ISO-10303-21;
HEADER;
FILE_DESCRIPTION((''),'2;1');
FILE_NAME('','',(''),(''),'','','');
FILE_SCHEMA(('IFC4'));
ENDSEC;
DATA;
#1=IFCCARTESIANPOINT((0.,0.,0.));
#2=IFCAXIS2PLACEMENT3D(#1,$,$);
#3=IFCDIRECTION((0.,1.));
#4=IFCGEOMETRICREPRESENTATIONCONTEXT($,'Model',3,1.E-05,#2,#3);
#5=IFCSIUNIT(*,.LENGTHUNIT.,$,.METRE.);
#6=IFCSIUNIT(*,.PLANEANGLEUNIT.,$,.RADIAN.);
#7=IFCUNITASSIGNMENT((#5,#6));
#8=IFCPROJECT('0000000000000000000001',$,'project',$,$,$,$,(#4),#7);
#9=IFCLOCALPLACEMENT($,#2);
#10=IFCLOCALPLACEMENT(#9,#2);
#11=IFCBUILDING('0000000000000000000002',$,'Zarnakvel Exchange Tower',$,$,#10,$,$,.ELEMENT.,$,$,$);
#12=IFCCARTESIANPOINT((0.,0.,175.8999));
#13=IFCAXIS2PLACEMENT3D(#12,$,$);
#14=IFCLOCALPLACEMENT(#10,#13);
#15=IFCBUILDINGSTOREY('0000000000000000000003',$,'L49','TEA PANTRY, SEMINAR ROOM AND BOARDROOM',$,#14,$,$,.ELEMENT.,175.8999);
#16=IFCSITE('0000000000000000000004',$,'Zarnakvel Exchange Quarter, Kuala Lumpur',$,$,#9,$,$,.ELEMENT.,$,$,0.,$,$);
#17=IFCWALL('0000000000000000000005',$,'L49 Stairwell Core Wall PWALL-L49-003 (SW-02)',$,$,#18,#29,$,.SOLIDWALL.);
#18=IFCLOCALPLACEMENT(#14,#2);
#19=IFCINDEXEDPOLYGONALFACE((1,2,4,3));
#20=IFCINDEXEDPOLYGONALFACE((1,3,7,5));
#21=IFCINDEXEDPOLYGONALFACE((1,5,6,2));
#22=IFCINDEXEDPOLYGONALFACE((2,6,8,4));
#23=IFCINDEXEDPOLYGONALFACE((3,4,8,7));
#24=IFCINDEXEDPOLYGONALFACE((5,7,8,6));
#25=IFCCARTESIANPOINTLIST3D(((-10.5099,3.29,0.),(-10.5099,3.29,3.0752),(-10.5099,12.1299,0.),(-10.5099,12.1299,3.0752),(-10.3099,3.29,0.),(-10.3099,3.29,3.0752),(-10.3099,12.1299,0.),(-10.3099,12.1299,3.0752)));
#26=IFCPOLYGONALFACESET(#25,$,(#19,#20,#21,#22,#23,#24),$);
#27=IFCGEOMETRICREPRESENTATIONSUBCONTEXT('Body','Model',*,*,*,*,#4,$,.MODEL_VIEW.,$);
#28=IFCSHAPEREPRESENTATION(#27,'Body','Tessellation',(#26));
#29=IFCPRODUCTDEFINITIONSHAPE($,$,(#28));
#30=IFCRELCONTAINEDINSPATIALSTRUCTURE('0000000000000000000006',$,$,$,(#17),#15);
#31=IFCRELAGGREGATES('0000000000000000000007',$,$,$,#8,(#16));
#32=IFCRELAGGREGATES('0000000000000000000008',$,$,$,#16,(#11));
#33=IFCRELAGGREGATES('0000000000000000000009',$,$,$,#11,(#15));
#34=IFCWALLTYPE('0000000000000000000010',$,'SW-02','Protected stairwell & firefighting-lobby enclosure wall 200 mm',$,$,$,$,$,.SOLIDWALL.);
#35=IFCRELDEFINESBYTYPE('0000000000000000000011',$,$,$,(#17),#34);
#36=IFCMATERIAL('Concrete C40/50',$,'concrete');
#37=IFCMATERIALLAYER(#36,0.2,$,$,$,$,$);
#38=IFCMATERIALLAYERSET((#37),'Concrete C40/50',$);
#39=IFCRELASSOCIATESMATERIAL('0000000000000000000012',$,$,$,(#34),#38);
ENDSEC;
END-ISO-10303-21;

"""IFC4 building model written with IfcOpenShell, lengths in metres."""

from ifc_helpers import new_model, si_unit, direction, frame, frame_2d, origin, place, context, subcontext, project, spatial, rectangle, extrude, material, layer, layer_set, type_object, element, save


model = new_model("IFC4")

# Units and contexts
model_context = context("Model", 3, precision=1e-05, world=origin(), true_north=direction((0.0, 1.0)))
body_context = subcontext(model_context, "Body", "Model", "MODEL_VIEW")
ifc_project = project(units=[si_unit("LENGTHUNIT", "METRE"), si_unit("PLANEANGLEUNIT", "RADIAN")], contexts=[model_context])

# Site, building, storey
site_placement = place(None, origin())
site = spatial("IfcSite", under=ifc_project, at=site_placement, Name="Zarnakvel Exchange Quarter, Kuala Lumpur", CompositionType="ELEMENT", RefElevation=0.0)
building_placement = place(site_placement, origin())
building = spatial("IfcBuilding", under=site, at=building_placement, Name="Zarnakvel Exchange Tower", CompositionType="ELEMENT")
storey_placement = place(building_placement, frame((0.0, 0.0, 175.8999)))
storey = spatial("IfcBuildingStorey", under=building, at=storey_placement, Name="L49", Description="TEA PANTRY, SEMINAR ROOM AND BOARDROOM", CompositionType="ELEMENT", Elevation=175.8999)

# Wall
ifc_material_1 = material(Name="Concrete C40/50", Category="concrete")
ifc_layer_1 = layer(ifc_material_1, 0.2)
ifc_layer_set_1 = layer_set([ifc_layer_1], Name="Concrete C40/50")
wall_type_1 = type_object("IfcWallType", Name="SW-02", Description="Protected stairwell & firefighting-lobby enclosure wall 200 mm", PredefinedType="SOLIDWALL", material=ifc_layer_set_1)
wall_1_placement = place(storey_placement, frame((-10.4099, 12.1299, 0.0), z_axis=(0.0, 0.0, 1.0), x_axis=(0.0, -1.0, 0.0)))
element("IfcWall", 1, at=wall_1_placement, inside=storey, type_object=wall_type_1, Name="L49 Stairwell Core Wall PWALL-L49-003 (SW-02)", PredefinedType="SOLIDWALL", context=body_context, shape_type="SweptSolid", body=[
    extrude(rectangle(XDim=8.8398, YDim=0.2, at=frame_2d((4.4199, 0.0))), origin(), (0.0, 0.0, 1.0), 3.0752),
])

save(model, "model.ifc")
